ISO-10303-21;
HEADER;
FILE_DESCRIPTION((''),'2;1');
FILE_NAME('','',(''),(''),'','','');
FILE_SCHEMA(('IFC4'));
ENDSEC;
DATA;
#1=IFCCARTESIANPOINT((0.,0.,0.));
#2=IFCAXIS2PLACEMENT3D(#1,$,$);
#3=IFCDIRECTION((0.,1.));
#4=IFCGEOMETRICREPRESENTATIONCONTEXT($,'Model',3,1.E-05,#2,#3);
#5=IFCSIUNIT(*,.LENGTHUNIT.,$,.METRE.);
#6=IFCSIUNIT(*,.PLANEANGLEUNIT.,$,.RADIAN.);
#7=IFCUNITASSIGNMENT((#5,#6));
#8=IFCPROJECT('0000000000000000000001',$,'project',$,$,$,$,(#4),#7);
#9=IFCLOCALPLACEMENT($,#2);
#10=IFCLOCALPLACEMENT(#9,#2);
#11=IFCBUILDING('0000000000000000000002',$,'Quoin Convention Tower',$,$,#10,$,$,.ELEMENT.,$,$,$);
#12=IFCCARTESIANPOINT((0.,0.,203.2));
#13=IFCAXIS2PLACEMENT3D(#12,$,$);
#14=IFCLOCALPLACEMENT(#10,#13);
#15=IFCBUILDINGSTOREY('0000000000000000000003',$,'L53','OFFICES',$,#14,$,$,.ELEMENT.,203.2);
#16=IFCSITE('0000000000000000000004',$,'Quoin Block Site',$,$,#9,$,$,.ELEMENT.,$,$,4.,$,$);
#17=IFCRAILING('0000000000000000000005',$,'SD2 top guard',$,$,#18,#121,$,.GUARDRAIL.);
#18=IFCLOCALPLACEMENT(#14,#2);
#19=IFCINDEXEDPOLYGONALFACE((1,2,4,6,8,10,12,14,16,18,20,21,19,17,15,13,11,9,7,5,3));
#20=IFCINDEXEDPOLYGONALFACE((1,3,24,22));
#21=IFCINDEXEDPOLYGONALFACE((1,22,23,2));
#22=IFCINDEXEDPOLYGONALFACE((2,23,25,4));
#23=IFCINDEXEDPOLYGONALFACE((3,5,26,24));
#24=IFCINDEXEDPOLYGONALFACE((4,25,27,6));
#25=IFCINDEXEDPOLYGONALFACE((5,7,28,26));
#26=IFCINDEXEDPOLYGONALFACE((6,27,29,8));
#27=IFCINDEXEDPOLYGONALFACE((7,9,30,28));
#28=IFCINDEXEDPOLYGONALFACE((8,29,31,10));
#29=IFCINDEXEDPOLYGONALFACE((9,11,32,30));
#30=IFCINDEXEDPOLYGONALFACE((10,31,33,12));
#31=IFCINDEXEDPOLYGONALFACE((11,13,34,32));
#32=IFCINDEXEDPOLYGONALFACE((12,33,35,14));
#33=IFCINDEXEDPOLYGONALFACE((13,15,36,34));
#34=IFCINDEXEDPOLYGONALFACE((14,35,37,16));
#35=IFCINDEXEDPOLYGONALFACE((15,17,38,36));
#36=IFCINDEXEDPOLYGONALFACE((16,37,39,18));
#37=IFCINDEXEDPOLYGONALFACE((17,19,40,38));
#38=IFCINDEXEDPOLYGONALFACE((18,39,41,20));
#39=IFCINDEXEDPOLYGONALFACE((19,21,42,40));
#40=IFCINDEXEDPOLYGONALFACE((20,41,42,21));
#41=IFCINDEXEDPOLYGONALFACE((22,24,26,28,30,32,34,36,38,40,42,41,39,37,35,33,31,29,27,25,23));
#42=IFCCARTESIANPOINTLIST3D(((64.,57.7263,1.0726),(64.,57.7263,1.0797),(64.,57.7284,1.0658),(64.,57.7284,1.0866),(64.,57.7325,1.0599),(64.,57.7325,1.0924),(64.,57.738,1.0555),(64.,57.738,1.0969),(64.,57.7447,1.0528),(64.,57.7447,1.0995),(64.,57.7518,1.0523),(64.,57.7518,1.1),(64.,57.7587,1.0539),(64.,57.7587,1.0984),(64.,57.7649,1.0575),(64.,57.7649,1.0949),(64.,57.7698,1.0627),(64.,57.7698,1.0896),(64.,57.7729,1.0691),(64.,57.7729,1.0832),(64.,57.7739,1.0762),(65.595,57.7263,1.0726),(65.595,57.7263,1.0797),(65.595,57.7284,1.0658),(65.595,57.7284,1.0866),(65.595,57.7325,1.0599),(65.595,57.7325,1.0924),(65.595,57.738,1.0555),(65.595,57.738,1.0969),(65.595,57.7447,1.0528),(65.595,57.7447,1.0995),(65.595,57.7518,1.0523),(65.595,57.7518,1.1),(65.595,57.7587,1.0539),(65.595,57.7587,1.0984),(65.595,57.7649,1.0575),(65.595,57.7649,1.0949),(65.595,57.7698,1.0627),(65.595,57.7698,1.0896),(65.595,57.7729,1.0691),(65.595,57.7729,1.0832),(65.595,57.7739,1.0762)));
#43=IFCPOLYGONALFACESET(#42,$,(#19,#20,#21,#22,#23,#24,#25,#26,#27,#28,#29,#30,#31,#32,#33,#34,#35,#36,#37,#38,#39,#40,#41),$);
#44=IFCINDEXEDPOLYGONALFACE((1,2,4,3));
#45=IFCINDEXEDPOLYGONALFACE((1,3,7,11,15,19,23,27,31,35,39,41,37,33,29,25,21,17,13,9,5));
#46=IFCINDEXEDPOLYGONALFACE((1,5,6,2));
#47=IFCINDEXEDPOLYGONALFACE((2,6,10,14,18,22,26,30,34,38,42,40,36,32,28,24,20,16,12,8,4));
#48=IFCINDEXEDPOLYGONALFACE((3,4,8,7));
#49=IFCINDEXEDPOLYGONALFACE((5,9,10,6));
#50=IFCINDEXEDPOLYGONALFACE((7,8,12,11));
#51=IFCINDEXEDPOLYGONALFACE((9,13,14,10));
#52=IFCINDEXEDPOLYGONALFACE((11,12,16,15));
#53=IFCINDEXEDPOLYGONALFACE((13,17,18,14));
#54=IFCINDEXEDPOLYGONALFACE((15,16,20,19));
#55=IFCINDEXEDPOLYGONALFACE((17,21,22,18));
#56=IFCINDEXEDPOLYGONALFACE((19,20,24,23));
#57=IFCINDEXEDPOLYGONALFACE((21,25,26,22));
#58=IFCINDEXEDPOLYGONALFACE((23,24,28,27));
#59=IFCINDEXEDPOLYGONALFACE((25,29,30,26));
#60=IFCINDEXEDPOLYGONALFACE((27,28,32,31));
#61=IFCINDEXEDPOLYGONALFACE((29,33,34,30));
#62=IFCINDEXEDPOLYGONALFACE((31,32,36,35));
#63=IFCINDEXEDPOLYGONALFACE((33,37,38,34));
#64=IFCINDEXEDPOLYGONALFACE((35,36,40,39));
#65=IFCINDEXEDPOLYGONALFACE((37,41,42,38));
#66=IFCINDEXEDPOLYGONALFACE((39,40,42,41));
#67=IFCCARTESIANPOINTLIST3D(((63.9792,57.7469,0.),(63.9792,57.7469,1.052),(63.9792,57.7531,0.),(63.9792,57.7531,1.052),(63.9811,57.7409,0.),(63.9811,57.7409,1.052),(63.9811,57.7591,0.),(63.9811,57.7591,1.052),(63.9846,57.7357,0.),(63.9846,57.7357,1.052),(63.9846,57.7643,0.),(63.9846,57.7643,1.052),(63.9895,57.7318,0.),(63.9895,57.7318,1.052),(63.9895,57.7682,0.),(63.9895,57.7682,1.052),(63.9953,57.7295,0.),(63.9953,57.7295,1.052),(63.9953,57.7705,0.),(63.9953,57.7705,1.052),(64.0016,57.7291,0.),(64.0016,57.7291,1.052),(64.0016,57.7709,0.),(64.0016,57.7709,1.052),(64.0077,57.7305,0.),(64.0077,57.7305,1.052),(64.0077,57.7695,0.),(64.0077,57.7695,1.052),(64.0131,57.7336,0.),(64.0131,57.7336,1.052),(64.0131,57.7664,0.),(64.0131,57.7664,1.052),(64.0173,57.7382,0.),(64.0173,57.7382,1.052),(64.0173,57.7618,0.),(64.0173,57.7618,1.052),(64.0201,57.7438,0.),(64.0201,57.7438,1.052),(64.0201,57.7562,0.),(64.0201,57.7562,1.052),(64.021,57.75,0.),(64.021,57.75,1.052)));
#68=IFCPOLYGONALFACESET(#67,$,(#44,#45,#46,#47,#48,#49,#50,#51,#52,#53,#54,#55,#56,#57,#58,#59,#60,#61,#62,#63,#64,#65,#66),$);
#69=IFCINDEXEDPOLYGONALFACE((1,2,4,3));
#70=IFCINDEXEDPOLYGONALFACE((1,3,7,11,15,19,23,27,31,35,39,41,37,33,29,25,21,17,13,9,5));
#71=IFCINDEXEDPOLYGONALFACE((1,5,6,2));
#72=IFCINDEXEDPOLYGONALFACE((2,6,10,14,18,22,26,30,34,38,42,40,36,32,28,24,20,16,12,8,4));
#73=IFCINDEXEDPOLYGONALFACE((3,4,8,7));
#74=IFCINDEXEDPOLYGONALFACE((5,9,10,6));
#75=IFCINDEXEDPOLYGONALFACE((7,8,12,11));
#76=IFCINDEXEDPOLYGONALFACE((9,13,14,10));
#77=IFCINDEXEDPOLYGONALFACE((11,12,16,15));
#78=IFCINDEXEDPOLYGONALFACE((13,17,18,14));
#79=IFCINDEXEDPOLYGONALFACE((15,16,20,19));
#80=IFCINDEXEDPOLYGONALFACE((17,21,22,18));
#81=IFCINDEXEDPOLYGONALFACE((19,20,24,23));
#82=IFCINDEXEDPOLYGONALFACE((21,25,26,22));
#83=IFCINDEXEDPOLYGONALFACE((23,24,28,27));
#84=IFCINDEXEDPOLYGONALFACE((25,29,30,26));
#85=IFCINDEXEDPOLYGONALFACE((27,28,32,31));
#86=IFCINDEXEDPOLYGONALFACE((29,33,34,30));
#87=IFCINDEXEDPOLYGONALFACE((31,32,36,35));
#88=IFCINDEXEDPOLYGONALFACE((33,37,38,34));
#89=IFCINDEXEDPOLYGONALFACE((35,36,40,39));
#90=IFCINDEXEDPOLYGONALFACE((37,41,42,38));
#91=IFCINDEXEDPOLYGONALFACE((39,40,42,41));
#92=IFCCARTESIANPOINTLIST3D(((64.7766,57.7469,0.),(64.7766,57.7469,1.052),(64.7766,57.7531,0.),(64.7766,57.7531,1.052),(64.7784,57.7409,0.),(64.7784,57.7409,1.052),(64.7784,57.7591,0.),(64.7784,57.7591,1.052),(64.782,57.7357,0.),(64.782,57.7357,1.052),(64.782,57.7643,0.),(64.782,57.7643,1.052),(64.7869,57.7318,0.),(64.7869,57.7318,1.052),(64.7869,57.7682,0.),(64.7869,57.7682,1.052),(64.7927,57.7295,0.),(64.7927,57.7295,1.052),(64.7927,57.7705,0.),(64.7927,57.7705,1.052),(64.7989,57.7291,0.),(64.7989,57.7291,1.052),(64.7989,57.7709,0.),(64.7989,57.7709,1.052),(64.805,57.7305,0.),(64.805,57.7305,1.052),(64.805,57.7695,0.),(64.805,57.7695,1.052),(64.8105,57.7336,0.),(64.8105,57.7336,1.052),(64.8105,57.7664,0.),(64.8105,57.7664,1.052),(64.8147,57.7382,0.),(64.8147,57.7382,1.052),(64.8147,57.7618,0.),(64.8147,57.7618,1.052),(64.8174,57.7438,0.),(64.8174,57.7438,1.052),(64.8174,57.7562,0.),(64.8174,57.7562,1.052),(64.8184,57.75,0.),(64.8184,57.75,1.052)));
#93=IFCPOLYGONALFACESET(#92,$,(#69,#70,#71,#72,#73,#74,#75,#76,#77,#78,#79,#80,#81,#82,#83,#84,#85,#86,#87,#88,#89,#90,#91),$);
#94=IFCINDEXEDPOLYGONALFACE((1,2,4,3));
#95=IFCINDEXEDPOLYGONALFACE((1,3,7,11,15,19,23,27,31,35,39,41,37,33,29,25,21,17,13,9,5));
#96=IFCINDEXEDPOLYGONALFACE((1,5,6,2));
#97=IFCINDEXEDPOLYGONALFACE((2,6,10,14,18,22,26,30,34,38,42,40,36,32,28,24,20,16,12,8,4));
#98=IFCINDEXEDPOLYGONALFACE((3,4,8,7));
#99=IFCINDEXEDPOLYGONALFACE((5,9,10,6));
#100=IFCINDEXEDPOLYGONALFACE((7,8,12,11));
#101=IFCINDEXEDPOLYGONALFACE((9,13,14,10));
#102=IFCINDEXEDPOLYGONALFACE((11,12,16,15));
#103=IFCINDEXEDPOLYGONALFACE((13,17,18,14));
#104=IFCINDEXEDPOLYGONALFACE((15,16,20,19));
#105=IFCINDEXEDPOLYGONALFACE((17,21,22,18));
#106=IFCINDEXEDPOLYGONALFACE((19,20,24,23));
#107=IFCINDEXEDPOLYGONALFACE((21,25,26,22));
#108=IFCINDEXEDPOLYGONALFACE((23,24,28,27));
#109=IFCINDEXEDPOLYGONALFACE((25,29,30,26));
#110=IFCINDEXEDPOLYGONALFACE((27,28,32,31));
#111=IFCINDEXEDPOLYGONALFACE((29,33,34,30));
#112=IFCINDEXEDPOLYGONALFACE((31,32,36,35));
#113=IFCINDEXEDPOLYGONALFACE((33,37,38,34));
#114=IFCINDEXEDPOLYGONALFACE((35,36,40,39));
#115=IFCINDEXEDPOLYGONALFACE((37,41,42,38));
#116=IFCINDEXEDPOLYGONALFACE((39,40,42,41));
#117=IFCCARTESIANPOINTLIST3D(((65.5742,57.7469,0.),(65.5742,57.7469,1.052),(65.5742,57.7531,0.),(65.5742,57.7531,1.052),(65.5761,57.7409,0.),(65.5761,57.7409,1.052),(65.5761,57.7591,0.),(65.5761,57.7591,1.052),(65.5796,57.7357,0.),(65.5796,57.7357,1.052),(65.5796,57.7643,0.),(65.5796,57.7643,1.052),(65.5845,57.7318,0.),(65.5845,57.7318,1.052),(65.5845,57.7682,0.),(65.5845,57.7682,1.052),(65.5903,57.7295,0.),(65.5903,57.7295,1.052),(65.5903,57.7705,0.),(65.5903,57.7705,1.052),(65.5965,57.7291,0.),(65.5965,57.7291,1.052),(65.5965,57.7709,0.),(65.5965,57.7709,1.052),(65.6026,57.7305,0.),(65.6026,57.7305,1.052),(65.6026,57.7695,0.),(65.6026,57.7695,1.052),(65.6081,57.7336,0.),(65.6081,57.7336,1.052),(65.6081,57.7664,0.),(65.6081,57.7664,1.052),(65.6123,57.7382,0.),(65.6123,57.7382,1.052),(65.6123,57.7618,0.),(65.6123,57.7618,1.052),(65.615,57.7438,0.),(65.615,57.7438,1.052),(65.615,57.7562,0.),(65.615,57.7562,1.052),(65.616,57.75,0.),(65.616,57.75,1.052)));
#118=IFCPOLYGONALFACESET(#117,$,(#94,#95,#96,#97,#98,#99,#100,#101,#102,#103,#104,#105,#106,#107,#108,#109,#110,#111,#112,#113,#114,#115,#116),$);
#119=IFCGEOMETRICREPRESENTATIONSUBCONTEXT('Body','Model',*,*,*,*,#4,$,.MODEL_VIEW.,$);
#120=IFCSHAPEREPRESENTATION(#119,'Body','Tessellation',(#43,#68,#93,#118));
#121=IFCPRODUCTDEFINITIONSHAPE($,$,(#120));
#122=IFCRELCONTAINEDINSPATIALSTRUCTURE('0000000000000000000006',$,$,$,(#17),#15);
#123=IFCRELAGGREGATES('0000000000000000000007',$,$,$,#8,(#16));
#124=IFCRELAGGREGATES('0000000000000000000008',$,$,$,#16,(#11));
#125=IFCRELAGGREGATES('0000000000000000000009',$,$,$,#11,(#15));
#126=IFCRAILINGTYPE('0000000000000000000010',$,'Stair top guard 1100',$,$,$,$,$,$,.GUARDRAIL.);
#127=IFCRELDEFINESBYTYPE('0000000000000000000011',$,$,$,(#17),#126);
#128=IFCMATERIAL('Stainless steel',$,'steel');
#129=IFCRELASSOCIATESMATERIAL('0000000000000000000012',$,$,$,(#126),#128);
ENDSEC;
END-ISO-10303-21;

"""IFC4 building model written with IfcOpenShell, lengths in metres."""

from ifc_helpers import new_model, si_unit, direction, frame, origin, origin_2d, place, context, subcontext, project, spatial, circle, extrude, material, type_object, element, save


model = new_model("IFC4")

# Units and contexts
model_context = context("Model", 3, precision=1e-05, world=origin(), true_north=direction((0.0, 1.0)))
body_context = subcontext(model_context, "Body", "Model", "MODEL_VIEW")
ifc_project = project(units=[si_unit("LENGTHUNIT", "METRE"), si_unit("PLANEANGLEUNIT", "RADIAN")], contexts=[model_context])

# Site, building, storey
site_placement = place(None, origin())
site = spatial("IfcSite", under=ifc_project, at=site_placement, Name="Quoin Block Site", CompositionType="ELEMENT", RefElevation=4.0)
building_placement = place(site_placement, origin())
building = spatial("IfcBuilding", under=site, at=building_placement, Name="Quoin Convention Tower", CompositionType="ELEMENT")
storey_placement = place(building_placement, frame((0.0, 0.0, 203.2)))
storey = spatial("IfcBuildingStorey", under=building, at=storey_placement, Name="L53", Description="OFFICES", CompositionType="ELEMENT", Elevation=203.2)

# Railing
ifc_material_1 = material(Name="Stainless steel", Category="steel")
railing_type_1 = type_object("IfcRailingType", Name="Stair top guard 1100", PredefinedType="GUARDRAIL", material=ifc_material_1)
railing_1_placement = place(storey_placement, frame((64.0, 57.75, 0.0)))
element("IfcRailing", 1, at=railing_1_placement, inside=storey, type_object=railing_type_1, Name="SD2 top guard", PredefinedType="GUARDRAIL", context=body_context, shape_type="SweptSolid", body=[
    extrude(circle(Radius=0.0239, at=origin_2d()), frame((0.0, 0.0, 1.0762), z_axis=(1.0, 0.0, 0.0), x_axis=(0.0, 1.0, 0.0)), (0.0, 0.0, 1.0), 1.595),
    extrude(circle(Radius=0.021, at=origin_2d()), origin(), (0.0, 0.0, 1.0), 1.052),
    extrude(circle(Radius=0.021, at=origin_2d()), frame((0.7974, 0.0, 0.0)), (0.0, 0.0, 1.0), 1.052),
    extrude(circle(Radius=0.021, at=origin_2d()), frame((1.595, 0.0, 0.0)), (0.0, 0.0, 1.0), 1.052),
])

save(model, "model.ifc")
